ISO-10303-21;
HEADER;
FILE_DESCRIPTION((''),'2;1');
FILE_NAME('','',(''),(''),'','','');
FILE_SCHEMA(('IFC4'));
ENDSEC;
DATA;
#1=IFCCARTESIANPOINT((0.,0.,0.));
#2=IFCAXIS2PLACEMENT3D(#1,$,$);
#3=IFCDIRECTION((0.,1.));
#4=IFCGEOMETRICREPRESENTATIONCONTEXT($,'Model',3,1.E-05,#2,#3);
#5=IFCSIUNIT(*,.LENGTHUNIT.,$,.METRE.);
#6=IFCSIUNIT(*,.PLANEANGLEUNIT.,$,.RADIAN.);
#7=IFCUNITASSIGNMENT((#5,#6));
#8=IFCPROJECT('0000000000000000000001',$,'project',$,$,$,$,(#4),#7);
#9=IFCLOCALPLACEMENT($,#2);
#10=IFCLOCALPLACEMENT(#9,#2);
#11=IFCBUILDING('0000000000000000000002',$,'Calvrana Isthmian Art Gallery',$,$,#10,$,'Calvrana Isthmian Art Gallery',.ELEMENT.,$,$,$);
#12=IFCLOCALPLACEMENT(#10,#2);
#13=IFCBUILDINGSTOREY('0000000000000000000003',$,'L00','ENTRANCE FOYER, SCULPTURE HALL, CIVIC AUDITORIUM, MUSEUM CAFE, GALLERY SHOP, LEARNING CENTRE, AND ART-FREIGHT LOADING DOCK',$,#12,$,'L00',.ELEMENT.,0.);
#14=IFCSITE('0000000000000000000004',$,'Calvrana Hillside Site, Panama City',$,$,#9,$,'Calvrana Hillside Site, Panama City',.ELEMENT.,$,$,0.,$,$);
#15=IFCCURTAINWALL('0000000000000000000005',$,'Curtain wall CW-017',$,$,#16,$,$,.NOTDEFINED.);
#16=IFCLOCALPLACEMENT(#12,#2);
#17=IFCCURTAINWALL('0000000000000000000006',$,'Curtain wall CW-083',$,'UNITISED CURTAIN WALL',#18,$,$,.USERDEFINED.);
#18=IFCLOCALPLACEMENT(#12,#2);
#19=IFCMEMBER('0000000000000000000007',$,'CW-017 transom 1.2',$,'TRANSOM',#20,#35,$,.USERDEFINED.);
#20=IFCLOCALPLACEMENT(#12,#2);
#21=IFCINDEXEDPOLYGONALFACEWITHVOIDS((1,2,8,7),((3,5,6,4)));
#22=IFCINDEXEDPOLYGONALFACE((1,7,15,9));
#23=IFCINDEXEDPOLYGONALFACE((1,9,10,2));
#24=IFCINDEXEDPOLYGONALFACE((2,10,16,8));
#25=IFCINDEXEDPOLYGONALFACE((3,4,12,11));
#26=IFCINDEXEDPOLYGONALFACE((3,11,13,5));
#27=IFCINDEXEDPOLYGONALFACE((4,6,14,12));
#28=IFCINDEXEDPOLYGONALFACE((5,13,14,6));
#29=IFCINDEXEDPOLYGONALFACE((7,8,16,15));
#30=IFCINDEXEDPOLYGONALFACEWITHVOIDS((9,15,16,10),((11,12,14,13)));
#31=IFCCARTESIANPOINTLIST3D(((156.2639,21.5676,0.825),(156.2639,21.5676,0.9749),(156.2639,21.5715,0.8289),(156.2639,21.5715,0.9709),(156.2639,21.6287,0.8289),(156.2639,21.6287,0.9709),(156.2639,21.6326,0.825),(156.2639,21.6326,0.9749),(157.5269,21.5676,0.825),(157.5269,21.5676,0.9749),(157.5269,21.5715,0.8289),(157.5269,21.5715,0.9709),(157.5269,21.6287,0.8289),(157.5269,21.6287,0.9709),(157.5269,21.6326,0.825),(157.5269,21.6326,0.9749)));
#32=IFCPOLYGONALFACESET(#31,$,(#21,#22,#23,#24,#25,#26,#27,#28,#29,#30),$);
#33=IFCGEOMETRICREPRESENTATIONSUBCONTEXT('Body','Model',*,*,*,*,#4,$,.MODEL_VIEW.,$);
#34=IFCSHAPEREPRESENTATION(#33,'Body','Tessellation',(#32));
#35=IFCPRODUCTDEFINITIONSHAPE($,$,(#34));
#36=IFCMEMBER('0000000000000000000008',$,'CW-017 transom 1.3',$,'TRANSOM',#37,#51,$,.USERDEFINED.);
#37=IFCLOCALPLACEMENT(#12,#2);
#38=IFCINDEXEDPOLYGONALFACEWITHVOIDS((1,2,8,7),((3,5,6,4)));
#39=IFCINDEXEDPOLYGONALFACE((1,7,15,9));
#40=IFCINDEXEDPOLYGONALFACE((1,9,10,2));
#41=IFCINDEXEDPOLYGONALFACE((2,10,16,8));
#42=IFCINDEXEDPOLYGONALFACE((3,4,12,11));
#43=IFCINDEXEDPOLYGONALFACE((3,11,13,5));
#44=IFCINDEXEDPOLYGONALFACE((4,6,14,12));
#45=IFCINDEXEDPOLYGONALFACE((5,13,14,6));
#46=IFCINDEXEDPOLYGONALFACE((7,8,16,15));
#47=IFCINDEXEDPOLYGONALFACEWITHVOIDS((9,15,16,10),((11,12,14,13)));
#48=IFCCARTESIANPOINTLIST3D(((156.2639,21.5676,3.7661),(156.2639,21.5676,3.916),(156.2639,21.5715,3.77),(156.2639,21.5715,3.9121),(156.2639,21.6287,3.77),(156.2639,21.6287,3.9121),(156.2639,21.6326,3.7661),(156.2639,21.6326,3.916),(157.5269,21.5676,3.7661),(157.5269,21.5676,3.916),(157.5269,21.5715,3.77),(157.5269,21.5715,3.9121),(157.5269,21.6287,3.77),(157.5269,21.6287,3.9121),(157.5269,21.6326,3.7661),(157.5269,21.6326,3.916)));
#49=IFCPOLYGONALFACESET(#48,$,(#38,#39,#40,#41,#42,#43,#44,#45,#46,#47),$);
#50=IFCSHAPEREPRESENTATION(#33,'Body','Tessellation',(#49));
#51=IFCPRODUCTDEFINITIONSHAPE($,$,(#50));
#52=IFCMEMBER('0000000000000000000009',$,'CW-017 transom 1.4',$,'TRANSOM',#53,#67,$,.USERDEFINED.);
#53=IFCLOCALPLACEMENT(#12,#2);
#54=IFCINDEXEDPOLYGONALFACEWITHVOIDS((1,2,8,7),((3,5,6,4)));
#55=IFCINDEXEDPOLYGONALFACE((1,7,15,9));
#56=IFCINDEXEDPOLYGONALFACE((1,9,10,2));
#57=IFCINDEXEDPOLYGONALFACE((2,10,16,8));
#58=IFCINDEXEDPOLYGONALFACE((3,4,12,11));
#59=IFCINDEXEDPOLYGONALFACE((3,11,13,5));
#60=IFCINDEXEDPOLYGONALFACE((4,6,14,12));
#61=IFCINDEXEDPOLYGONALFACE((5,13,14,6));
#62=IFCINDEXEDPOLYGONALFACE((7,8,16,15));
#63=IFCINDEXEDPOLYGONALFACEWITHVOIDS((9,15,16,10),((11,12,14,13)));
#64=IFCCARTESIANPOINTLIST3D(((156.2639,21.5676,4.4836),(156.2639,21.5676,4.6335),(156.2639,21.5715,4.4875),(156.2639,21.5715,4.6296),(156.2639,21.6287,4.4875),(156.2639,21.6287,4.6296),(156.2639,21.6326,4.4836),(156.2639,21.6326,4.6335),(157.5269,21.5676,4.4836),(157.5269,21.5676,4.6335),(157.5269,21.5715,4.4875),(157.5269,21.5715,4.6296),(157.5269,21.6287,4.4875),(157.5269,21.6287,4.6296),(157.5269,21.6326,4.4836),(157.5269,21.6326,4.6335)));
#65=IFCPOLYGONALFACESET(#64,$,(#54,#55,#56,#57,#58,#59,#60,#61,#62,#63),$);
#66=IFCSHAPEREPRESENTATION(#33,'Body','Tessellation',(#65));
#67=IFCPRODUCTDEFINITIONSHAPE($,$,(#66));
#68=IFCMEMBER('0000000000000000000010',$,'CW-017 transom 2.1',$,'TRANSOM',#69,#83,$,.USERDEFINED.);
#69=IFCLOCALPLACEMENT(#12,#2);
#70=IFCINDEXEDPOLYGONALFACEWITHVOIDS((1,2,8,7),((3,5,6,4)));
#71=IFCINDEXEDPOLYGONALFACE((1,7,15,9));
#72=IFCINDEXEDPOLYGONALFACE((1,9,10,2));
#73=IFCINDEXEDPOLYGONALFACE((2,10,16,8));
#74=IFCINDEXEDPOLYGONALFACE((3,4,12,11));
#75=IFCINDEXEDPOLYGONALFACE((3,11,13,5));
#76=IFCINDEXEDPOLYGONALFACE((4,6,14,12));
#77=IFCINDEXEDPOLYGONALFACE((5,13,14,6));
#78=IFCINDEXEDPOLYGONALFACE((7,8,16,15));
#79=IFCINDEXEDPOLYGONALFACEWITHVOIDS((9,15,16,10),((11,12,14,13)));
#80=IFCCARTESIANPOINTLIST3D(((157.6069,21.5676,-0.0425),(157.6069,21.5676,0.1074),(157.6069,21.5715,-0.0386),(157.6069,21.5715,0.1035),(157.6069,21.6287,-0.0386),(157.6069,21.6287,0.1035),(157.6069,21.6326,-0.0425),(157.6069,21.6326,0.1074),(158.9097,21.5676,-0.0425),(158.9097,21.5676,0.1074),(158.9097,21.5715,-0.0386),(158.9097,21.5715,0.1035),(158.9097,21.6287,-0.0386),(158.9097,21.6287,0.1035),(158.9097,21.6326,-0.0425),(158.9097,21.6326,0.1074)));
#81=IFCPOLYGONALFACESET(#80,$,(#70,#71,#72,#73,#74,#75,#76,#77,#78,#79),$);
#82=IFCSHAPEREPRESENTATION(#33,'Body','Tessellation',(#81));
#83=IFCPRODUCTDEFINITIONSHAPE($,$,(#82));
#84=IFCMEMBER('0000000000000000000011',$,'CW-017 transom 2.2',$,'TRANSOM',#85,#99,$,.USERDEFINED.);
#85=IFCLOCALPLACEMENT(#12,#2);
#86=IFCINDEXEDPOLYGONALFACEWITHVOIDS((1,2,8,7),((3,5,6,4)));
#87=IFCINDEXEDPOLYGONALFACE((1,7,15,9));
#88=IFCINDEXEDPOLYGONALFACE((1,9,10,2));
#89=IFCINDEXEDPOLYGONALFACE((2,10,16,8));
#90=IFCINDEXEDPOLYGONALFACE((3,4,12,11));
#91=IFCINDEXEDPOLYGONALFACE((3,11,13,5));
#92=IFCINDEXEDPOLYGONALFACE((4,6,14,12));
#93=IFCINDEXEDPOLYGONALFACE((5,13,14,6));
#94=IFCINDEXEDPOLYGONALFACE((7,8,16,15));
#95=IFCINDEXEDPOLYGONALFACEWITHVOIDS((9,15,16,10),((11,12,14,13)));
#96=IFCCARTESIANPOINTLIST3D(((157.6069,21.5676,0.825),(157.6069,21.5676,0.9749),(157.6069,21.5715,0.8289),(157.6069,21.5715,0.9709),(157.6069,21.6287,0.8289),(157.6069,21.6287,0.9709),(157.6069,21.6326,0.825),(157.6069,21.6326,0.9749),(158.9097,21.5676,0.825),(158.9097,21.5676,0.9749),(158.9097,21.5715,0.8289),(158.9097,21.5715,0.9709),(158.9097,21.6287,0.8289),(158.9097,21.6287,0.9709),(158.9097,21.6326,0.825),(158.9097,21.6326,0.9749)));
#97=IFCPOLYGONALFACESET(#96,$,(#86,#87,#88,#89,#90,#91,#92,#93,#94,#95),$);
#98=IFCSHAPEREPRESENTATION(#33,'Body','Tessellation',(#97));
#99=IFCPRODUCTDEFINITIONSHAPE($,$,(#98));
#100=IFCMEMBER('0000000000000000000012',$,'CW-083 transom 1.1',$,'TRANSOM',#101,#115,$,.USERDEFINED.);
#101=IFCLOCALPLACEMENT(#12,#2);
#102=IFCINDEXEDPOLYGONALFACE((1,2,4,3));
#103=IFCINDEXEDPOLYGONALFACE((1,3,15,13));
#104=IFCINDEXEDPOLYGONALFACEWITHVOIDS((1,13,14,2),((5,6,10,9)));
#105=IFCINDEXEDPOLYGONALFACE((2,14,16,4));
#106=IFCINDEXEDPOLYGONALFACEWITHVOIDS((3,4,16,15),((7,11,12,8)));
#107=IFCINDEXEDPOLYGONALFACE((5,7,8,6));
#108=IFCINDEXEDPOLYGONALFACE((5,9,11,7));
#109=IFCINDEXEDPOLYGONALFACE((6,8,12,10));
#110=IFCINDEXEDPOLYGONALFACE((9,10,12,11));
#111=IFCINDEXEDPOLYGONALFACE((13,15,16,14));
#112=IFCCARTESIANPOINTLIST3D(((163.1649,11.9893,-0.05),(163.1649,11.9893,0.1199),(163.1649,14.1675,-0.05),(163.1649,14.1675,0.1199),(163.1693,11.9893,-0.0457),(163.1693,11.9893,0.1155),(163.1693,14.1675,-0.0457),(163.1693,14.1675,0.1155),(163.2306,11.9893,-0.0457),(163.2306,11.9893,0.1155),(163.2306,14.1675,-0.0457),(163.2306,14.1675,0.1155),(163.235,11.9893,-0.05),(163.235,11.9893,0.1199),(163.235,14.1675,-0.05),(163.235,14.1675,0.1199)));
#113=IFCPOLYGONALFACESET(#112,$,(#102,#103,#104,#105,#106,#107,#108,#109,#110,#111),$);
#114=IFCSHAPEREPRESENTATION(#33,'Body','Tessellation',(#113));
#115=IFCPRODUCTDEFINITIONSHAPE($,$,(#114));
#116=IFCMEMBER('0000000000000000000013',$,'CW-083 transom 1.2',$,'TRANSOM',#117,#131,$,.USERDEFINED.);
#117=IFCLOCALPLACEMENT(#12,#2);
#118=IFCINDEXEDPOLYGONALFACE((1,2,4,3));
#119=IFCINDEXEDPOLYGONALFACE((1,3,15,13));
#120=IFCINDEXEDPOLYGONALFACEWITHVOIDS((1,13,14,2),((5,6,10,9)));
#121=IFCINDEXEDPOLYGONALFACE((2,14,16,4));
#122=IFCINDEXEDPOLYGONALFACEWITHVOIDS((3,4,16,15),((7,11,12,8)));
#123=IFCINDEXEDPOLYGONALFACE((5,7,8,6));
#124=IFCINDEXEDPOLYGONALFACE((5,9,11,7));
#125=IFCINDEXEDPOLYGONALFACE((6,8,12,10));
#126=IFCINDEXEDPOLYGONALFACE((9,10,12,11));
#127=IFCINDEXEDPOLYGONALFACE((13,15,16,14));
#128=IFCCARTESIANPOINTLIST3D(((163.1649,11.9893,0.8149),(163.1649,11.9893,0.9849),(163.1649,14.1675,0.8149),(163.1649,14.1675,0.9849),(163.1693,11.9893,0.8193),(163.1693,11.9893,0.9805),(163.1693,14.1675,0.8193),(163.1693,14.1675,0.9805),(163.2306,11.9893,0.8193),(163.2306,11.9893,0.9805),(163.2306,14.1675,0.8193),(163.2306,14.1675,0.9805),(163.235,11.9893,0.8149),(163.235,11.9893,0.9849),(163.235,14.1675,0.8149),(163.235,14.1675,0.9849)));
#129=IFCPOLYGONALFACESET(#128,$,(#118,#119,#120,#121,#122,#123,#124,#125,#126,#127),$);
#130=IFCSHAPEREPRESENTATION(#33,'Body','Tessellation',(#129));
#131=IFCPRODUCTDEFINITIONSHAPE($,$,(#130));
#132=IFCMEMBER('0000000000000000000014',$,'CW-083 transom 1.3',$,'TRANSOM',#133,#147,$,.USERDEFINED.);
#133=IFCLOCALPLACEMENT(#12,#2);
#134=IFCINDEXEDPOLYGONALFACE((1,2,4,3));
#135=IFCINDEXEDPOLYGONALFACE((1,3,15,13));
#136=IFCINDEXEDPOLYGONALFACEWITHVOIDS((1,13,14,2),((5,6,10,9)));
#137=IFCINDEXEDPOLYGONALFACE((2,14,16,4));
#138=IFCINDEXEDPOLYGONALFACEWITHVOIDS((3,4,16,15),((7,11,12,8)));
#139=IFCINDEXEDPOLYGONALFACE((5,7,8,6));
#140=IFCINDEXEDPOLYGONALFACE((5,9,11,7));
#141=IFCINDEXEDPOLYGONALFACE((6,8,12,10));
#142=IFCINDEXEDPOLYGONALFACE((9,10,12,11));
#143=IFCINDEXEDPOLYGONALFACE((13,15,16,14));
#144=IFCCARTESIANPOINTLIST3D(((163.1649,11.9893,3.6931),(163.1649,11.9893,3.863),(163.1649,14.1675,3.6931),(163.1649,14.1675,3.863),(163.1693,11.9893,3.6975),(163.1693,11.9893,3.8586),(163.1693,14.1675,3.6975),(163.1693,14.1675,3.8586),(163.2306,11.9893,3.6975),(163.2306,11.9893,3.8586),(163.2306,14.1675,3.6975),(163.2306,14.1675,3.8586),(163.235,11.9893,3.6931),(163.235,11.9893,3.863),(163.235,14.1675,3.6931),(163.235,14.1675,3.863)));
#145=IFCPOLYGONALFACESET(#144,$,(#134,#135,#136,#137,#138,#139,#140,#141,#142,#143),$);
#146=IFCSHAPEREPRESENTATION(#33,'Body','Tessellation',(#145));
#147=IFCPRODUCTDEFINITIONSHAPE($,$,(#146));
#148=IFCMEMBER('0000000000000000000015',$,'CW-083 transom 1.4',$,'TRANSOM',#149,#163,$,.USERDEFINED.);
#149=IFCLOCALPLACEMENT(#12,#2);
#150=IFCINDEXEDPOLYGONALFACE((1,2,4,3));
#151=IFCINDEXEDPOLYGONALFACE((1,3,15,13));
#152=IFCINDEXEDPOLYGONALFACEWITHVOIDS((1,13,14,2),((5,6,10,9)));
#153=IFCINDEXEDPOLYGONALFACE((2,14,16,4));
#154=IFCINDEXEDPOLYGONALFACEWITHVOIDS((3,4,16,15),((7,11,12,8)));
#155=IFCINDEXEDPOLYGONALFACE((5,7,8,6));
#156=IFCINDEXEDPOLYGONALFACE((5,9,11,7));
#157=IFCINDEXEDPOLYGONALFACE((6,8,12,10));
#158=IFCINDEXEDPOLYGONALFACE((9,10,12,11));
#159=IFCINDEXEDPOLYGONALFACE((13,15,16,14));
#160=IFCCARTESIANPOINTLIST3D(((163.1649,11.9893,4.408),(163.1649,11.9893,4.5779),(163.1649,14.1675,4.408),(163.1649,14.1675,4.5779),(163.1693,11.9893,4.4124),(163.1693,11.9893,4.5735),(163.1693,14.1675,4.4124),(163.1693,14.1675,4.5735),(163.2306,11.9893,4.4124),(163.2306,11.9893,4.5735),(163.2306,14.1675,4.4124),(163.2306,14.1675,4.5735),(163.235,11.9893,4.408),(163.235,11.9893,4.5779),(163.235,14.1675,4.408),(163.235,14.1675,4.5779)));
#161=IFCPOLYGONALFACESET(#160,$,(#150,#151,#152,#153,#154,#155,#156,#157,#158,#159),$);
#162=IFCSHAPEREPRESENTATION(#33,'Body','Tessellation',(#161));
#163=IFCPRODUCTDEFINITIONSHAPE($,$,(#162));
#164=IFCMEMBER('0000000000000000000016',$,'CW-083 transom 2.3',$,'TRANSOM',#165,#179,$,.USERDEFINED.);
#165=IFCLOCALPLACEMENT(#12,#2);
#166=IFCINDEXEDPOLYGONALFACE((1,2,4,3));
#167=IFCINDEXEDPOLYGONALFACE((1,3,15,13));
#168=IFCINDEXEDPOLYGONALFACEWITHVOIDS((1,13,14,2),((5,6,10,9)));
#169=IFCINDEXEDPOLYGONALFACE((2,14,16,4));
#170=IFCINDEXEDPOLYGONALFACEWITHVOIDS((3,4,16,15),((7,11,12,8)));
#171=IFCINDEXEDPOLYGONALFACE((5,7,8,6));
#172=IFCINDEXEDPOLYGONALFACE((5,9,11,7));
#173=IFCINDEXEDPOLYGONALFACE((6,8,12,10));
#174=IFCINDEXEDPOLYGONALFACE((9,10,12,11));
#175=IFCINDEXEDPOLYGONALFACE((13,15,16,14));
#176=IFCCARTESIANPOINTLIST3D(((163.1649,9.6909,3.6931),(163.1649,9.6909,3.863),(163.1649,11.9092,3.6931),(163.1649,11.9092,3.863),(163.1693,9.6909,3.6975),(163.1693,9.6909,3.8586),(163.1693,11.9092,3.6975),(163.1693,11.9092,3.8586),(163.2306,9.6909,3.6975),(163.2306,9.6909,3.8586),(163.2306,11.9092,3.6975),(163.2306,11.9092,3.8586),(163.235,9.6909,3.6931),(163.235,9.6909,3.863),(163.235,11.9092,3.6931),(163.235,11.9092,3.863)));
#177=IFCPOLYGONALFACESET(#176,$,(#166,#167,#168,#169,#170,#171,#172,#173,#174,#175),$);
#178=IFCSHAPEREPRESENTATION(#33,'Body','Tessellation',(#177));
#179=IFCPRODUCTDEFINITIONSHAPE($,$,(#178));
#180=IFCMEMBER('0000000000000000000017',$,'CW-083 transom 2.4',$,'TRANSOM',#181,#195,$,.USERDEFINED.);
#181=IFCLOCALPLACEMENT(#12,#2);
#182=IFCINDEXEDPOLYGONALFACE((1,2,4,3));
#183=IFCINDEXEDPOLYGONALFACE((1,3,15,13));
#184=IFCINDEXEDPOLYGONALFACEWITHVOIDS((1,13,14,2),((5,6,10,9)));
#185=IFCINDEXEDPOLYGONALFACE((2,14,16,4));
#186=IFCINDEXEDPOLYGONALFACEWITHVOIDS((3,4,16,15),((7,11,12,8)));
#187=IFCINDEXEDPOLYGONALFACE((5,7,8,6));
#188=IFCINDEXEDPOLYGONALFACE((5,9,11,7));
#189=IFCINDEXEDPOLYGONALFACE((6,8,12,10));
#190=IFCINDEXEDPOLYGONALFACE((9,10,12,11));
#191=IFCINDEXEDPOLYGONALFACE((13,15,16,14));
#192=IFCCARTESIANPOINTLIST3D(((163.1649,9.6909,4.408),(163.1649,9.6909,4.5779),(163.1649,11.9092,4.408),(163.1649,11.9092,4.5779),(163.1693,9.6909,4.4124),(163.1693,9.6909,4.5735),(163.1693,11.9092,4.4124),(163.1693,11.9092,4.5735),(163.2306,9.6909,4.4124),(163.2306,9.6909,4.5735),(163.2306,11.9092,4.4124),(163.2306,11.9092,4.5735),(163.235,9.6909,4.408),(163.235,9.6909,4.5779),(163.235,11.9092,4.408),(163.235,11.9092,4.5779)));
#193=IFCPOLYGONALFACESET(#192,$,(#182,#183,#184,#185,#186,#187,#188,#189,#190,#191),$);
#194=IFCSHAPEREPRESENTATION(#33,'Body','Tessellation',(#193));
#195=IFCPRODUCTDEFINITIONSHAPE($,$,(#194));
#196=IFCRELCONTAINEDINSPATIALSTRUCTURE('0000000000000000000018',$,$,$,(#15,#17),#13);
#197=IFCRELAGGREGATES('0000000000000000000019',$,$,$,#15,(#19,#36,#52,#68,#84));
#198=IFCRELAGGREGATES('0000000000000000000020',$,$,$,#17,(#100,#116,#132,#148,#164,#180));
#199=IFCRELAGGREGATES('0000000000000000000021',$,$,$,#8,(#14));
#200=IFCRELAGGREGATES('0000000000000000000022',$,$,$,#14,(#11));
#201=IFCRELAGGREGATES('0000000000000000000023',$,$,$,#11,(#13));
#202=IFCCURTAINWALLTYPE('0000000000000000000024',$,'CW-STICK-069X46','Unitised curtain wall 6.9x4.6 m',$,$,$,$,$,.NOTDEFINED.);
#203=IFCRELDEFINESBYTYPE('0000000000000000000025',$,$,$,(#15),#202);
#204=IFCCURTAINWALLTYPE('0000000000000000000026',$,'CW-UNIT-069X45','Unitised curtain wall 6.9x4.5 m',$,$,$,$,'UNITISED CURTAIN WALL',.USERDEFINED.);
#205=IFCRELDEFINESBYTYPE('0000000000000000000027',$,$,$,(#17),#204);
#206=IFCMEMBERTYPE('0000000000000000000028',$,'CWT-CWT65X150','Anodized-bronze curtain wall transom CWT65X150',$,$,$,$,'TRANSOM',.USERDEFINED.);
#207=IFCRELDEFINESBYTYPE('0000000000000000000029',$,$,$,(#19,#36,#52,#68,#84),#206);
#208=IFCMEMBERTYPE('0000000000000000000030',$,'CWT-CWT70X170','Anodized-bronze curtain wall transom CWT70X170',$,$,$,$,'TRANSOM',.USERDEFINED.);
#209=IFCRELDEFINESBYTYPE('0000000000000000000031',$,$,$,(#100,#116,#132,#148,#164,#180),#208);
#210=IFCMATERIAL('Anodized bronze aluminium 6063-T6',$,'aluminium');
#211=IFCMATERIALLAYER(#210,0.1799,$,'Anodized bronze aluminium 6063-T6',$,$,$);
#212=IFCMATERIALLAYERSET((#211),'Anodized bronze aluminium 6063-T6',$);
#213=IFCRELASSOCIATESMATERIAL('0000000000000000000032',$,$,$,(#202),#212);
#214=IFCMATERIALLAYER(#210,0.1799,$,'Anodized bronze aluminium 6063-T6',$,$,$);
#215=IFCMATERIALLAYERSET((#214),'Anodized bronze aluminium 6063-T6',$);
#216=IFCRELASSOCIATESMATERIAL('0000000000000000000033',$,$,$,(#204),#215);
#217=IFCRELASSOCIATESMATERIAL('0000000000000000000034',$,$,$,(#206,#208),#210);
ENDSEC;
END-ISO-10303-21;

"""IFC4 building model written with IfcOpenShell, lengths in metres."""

from ifc_helpers import new_model, si_unit, direction, frame, origin, origin_2d, place, context, subcontext, project, spatial, hollow_rectangle, extrude, material, layer, layer_set, material_profile, profile_set, type_object, element, aggregate, save


model = new_model("IFC4")

# Units and contexts
model_context = context("Model", 3, precision=1e-05, world=origin(), true_north=direction((0.0, 1.0)))
body_context = subcontext(model_context, "Body", "Model", "MODEL_VIEW")
ifc_project = project(units=[si_unit("LENGTHUNIT", "METRE"), si_unit("PLANEANGLEUNIT", "RADIAN")], contexts=[model_context])

# Site, building, storey
site_placement = place(None, origin())
site = spatial("IfcSite", under=ifc_project, at=site_placement, Name="Calvrana Hillside Site, Panama City", LongName="Calvrana Hillside Site, Panama City", CompositionType="ELEMENT", RefElevation=0.0)
building_placement = place(site_placement, origin())
building = spatial("IfcBuilding", under=site, at=building_placement, Name="Calvrana Isthmian Art Gallery", LongName="Calvrana Isthmian Art Gallery", CompositionType="ELEMENT")
storey_placement = place(building_placement, origin())
storey = spatial("IfcBuildingStorey", under=building, at=storey_placement, Name="L00", Description="ENTRANCE FOYER, SCULPTURE HALL, CIVIC AUDITORIUM, MUSEUM CAFE, GALLERY SHOP, LEARNING CENTRE, AND ART-FREIGHT LOADING DOCK", LongName="L00", CompositionType="ELEMENT", Elevation=0.0)

# Curtain walls
ifc_material_1 = material(Name="Anodized bronze aluminium 6063-T6", Category="aluminium")
ifc_layer_1 = layer(ifc_material_1, 0.1799, Name="Anodized bronze aluminium 6063-T6")
ifc_layer_set_1 = layer_set([ifc_layer_1], Name="Anodized bronze aluminium 6063-T6")
curtain_wall_type_1 = type_object("IfcCurtainWallType", Name="CW-STICK-069X46", Description="Unitised curtain wall 6.9x4.6 m", PredefinedType="NOTDEFINED", material=ifc_layer_set_1)
curtain_wall_1_placement = place(storey_placement, origin())
curtain_wall_1 = element("IfcCurtainWall", 1, at=curtain_wall_1_placement, inside=storey, type_object=curtain_wall_type_1, Name="Curtain wall CW-017", PredefinedType="NOTDEFINED")
ifc_layer_2 = layer(ifc_material_1, 0.1799, Name="Anodized bronze aluminium 6063-T6")
ifc_layer_set_2 = layer_set([ifc_layer_2], Name="Anodized bronze aluminium 6063-T6")
curtain_wall_type_2 = type_object("IfcCurtainWallType", Name="CW-UNIT-069X45", Description="Unitised curtain wall 6.9x4.5 m", ElementType="UNITISED CURTAIN WALL", PredefinedType="USERDEFINED", material=ifc_layer_set_2)
curtain_wall_2_placement = place(storey_placement, origin())
curtain_wall_2 = element("IfcCurtainWall", 2, at=curtain_wall_2_placement, inside=storey, type_object=curtain_wall_type_2, Name="Curtain wall CW-083", ObjectType="UNITISED CURTAIN WALL", PredefinedType="USERDEFINED")

# Members
ifc_material_profile_1 = material_profile(ifc_material_1, hollow_rectangle(XDim=0.0649, YDim=0.1499, WallThickness=0.0039, at=origin_2d()), Name="CWT65X150")
ifc_profile_set_1 = profile_set([ifc_material_profile_1], Name="Anodized bronze aluminium 6063-T6")
member_type_1 = type_object("IfcMemberType", Name="CWT-CWT65X150", Description="Anodized-bronze curtain wall transom CWT65X150", ElementType="TRANSOM", PredefinedType="USERDEFINED", material=ifc_profile_set_1)
member_1_placement = place(storey_placement, frame((156.2639, 21.6001, 0.8999), z_axis=(1.0, 0.0, 0.0), x_axis=(0.0, 1.0, 0.0)))
member_1 = element("IfcMember", 3, at=member_1_placement, type_object=member_type_1, Name="CW-017 transom 1.2", ObjectType="TRANSOM", PredefinedType="USERDEFINED", context=body_context, shape_type="SweptSolid", body=[
    extrude(hollow_rectangle(XDim=0.0649, YDim=0.1499, WallThickness=0.0039, at=origin_2d()), origin(), (0.0, 0.0, 1.0), 1.2629),
])
member_2_placement = place(storey_placement, frame((156.2639, 21.6001, 3.8411), z_axis=(1.0, 0.0, 0.0), x_axis=(0.0, 1.0, 0.0)))
member_2 = element("IfcMember", 4, at=member_2_placement, type_object=member_type_1, Name="CW-017 transom 1.3", ObjectType="TRANSOM", PredefinedType="USERDEFINED", context=body_context, shape_type="SweptSolid", body=[
    extrude(hollow_rectangle(XDim=0.0649, YDim=0.1499, WallThickness=0.0039, at=origin_2d()), origin(), (0.0, 0.0, 1.0), 1.2629),
])
member_3_placement = place(storey_placement, frame((156.2639, 21.6001, 4.5586), z_axis=(1.0, 0.0, 0.0), x_axis=(0.0, 1.0, 0.0)))
member_3 = element("IfcMember", 5, at=member_3_placement, type_object=member_type_1, Name="CW-017 transom 1.4", ObjectType="TRANSOM", PredefinedType="USERDEFINED", context=body_context, shape_type="SweptSolid", body=[
    extrude(hollow_rectangle(XDim=0.0649, YDim=0.1499, WallThickness=0.0039, at=origin_2d()), origin(), (0.0, 0.0, 1.0), 1.2629),
])
member_4_placement = place(storey_placement, frame((157.6069, 21.6001, 0.0325), z_axis=(1.0, 0.0, 0.0), x_axis=(0.0, 1.0, 0.0)))
member_4 = element("IfcMember", 6, at=member_4_placement, type_object=member_type_1, Name="CW-017 transom 2.1", ObjectType="TRANSOM", PredefinedType="USERDEFINED", context=body_context, shape_type="SweptSolid", body=[
    extrude(hollow_rectangle(XDim=0.0649, YDim=0.1499, WallThickness=0.0039, at=origin_2d()), origin(), (0.0, 0.0, 1.0), 1.3027),
])
member_5_placement = place(storey_placement, frame((157.6069, 21.6001, 0.8999), z_axis=(1.0, 0.0, 0.0), x_axis=(0.0, 1.0, 0.0)))
member_5 = element("IfcMember", 7, at=member_5_placement, type_object=member_type_1, Name="CW-017 transom 2.2", ObjectType="TRANSOM", PredefinedType="USERDEFINED", context=body_context, shape_type="SweptSolid", body=[
    extrude(hollow_rectangle(XDim=0.0649, YDim=0.1499, WallThickness=0.0039, at=origin_2d()), origin(), (0.0, 0.0, 1.0), 1.3027),
])
ifc_material_profile_2 = material_profile(ifc_material_1, hollow_rectangle(XDim=0.0701, YDim=0.1699, WallThickness=0.0044, at=origin_2d()), Name="CWT70X170")
ifc_profile_set_2 = profile_set([ifc_material_profile_2], Name="Anodized bronze aluminium 6063-T6")
member_type_2 = type_object("IfcMemberType", Name="CWT-CWT70X170", Description="Anodized-bronze curtain wall transom CWT70X170", ElementType="TRANSOM", PredefinedType="USERDEFINED", material=ifc_profile_set_2)
member_6_placement = place(storey_placement, frame((163.2, 14.1675, 0.0349), z_axis=(0.0, -1.0, 0.0), x_axis=(1.0, 0.0, 0.0)))
member_6 = element("IfcMember", 8, at=member_6_placement, type_object=member_type_2, Name="CW-083 transom 1.1", ObjectType="TRANSOM", PredefinedType="USERDEFINED", context=body_context, shape_type="SweptSolid", body=[
    extrude(hollow_rectangle(XDim=0.0701, YDim=0.1699, WallThickness=0.0044, at=origin_2d()), origin(), (0.0, 0.0, 1.0), 2.1782),
])
member_7_placement = place(storey_placement, frame((163.2, 14.1675, 0.8999), z_axis=(0.0, -1.0, 0.0), x_axis=(1.0, 0.0, 0.0)))
member_7 = element("IfcMember", 9, at=member_7_placement, type_object=member_type_2, Name="CW-083 transom 1.2", ObjectType="TRANSOM", PredefinedType="USERDEFINED", context=body_context, shape_type="SweptSolid", body=[
    extrude(hollow_rectangle(XDim=0.0701, YDim=0.1699, WallThickness=0.0044, at=origin_2d()), origin(), (0.0, 0.0, 1.0), 2.1782),
])
member_8_placement = place(storey_placement, frame((163.2, 14.1675, 3.7781), z_axis=(0.0, -1.0, 0.0), x_axis=(1.0, 0.0, 0.0)))
member_8 = element("IfcMember", 10, at=member_8_placement, type_object=member_type_2, Name="CW-083 transom 1.3", ObjectType="TRANSOM", PredefinedType="USERDEFINED", context=body_context, shape_type="SweptSolid", body=[
    extrude(hollow_rectangle(XDim=0.0701, YDim=0.1699, WallThickness=0.0044, at=origin_2d()), origin(), (0.0, 0.0, 1.0), 2.1782),
])
member_9_placement = place(storey_placement, frame((163.2, 14.1675, 4.4929), z_axis=(0.0, -1.0, 0.0), x_axis=(1.0, 0.0, 0.0)))
member_9 = element("IfcMember", 11, at=member_9_placement, type_object=member_type_2, Name="CW-083 transom 1.4", ObjectType="TRANSOM", PredefinedType="USERDEFINED", context=body_context, shape_type="SweptSolid", body=[
    extrude(hollow_rectangle(XDim=0.0701, YDim=0.1699, WallThickness=0.0044, at=origin_2d()), origin(), (0.0, 0.0, 1.0), 2.1782),
])
member_10_placement = place(storey_placement, frame((163.2, 11.9092, 3.7781), z_axis=(0.0, -1.0, 0.0), x_axis=(1.0, 0.0, 0.0)))
member_10 = element("IfcMember", 12, at=member_10_placement, type_object=member_type_2, Name="CW-083 transom 2.3", ObjectType="TRANSOM", PredefinedType="USERDEFINED", context=body_context, shape_type="SweptSolid", body=[
    extrude(hollow_rectangle(XDim=0.0701, YDim=0.1699, WallThickness=0.0044, at=origin_2d()), origin(), (0.0, 0.0, 1.0), 2.2183),
])
member_11_placement = place(storey_placement, frame((163.2, 11.9092, 4.4929), z_axis=(0.0, -1.0, 0.0), x_axis=(1.0, 0.0, 0.0)))
member_11 = element("IfcMember", 13, at=member_11_placement, type_object=member_type_2, Name="CW-083 transom 2.4", ObjectType="TRANSOM", PredefinedType="USERDEFINED", context=body_context, shape_type="SweptSolid", body=[
    extrude(hollow_rectangle(XDim=0.0701, YDim=0.1699, WallThickness=0.0044, at=origin_2d()), origin(), (0.0, 0.0, 1.0), 2.2183),
])

aggregate(curtain_wall_1, [member_1, member_2, member_3, member_4, member_5])
aggregate(curtain_wall_2, [member_6, member_7, member_8, member_9, member_10, member_11])

save(model, "model.ifc")
